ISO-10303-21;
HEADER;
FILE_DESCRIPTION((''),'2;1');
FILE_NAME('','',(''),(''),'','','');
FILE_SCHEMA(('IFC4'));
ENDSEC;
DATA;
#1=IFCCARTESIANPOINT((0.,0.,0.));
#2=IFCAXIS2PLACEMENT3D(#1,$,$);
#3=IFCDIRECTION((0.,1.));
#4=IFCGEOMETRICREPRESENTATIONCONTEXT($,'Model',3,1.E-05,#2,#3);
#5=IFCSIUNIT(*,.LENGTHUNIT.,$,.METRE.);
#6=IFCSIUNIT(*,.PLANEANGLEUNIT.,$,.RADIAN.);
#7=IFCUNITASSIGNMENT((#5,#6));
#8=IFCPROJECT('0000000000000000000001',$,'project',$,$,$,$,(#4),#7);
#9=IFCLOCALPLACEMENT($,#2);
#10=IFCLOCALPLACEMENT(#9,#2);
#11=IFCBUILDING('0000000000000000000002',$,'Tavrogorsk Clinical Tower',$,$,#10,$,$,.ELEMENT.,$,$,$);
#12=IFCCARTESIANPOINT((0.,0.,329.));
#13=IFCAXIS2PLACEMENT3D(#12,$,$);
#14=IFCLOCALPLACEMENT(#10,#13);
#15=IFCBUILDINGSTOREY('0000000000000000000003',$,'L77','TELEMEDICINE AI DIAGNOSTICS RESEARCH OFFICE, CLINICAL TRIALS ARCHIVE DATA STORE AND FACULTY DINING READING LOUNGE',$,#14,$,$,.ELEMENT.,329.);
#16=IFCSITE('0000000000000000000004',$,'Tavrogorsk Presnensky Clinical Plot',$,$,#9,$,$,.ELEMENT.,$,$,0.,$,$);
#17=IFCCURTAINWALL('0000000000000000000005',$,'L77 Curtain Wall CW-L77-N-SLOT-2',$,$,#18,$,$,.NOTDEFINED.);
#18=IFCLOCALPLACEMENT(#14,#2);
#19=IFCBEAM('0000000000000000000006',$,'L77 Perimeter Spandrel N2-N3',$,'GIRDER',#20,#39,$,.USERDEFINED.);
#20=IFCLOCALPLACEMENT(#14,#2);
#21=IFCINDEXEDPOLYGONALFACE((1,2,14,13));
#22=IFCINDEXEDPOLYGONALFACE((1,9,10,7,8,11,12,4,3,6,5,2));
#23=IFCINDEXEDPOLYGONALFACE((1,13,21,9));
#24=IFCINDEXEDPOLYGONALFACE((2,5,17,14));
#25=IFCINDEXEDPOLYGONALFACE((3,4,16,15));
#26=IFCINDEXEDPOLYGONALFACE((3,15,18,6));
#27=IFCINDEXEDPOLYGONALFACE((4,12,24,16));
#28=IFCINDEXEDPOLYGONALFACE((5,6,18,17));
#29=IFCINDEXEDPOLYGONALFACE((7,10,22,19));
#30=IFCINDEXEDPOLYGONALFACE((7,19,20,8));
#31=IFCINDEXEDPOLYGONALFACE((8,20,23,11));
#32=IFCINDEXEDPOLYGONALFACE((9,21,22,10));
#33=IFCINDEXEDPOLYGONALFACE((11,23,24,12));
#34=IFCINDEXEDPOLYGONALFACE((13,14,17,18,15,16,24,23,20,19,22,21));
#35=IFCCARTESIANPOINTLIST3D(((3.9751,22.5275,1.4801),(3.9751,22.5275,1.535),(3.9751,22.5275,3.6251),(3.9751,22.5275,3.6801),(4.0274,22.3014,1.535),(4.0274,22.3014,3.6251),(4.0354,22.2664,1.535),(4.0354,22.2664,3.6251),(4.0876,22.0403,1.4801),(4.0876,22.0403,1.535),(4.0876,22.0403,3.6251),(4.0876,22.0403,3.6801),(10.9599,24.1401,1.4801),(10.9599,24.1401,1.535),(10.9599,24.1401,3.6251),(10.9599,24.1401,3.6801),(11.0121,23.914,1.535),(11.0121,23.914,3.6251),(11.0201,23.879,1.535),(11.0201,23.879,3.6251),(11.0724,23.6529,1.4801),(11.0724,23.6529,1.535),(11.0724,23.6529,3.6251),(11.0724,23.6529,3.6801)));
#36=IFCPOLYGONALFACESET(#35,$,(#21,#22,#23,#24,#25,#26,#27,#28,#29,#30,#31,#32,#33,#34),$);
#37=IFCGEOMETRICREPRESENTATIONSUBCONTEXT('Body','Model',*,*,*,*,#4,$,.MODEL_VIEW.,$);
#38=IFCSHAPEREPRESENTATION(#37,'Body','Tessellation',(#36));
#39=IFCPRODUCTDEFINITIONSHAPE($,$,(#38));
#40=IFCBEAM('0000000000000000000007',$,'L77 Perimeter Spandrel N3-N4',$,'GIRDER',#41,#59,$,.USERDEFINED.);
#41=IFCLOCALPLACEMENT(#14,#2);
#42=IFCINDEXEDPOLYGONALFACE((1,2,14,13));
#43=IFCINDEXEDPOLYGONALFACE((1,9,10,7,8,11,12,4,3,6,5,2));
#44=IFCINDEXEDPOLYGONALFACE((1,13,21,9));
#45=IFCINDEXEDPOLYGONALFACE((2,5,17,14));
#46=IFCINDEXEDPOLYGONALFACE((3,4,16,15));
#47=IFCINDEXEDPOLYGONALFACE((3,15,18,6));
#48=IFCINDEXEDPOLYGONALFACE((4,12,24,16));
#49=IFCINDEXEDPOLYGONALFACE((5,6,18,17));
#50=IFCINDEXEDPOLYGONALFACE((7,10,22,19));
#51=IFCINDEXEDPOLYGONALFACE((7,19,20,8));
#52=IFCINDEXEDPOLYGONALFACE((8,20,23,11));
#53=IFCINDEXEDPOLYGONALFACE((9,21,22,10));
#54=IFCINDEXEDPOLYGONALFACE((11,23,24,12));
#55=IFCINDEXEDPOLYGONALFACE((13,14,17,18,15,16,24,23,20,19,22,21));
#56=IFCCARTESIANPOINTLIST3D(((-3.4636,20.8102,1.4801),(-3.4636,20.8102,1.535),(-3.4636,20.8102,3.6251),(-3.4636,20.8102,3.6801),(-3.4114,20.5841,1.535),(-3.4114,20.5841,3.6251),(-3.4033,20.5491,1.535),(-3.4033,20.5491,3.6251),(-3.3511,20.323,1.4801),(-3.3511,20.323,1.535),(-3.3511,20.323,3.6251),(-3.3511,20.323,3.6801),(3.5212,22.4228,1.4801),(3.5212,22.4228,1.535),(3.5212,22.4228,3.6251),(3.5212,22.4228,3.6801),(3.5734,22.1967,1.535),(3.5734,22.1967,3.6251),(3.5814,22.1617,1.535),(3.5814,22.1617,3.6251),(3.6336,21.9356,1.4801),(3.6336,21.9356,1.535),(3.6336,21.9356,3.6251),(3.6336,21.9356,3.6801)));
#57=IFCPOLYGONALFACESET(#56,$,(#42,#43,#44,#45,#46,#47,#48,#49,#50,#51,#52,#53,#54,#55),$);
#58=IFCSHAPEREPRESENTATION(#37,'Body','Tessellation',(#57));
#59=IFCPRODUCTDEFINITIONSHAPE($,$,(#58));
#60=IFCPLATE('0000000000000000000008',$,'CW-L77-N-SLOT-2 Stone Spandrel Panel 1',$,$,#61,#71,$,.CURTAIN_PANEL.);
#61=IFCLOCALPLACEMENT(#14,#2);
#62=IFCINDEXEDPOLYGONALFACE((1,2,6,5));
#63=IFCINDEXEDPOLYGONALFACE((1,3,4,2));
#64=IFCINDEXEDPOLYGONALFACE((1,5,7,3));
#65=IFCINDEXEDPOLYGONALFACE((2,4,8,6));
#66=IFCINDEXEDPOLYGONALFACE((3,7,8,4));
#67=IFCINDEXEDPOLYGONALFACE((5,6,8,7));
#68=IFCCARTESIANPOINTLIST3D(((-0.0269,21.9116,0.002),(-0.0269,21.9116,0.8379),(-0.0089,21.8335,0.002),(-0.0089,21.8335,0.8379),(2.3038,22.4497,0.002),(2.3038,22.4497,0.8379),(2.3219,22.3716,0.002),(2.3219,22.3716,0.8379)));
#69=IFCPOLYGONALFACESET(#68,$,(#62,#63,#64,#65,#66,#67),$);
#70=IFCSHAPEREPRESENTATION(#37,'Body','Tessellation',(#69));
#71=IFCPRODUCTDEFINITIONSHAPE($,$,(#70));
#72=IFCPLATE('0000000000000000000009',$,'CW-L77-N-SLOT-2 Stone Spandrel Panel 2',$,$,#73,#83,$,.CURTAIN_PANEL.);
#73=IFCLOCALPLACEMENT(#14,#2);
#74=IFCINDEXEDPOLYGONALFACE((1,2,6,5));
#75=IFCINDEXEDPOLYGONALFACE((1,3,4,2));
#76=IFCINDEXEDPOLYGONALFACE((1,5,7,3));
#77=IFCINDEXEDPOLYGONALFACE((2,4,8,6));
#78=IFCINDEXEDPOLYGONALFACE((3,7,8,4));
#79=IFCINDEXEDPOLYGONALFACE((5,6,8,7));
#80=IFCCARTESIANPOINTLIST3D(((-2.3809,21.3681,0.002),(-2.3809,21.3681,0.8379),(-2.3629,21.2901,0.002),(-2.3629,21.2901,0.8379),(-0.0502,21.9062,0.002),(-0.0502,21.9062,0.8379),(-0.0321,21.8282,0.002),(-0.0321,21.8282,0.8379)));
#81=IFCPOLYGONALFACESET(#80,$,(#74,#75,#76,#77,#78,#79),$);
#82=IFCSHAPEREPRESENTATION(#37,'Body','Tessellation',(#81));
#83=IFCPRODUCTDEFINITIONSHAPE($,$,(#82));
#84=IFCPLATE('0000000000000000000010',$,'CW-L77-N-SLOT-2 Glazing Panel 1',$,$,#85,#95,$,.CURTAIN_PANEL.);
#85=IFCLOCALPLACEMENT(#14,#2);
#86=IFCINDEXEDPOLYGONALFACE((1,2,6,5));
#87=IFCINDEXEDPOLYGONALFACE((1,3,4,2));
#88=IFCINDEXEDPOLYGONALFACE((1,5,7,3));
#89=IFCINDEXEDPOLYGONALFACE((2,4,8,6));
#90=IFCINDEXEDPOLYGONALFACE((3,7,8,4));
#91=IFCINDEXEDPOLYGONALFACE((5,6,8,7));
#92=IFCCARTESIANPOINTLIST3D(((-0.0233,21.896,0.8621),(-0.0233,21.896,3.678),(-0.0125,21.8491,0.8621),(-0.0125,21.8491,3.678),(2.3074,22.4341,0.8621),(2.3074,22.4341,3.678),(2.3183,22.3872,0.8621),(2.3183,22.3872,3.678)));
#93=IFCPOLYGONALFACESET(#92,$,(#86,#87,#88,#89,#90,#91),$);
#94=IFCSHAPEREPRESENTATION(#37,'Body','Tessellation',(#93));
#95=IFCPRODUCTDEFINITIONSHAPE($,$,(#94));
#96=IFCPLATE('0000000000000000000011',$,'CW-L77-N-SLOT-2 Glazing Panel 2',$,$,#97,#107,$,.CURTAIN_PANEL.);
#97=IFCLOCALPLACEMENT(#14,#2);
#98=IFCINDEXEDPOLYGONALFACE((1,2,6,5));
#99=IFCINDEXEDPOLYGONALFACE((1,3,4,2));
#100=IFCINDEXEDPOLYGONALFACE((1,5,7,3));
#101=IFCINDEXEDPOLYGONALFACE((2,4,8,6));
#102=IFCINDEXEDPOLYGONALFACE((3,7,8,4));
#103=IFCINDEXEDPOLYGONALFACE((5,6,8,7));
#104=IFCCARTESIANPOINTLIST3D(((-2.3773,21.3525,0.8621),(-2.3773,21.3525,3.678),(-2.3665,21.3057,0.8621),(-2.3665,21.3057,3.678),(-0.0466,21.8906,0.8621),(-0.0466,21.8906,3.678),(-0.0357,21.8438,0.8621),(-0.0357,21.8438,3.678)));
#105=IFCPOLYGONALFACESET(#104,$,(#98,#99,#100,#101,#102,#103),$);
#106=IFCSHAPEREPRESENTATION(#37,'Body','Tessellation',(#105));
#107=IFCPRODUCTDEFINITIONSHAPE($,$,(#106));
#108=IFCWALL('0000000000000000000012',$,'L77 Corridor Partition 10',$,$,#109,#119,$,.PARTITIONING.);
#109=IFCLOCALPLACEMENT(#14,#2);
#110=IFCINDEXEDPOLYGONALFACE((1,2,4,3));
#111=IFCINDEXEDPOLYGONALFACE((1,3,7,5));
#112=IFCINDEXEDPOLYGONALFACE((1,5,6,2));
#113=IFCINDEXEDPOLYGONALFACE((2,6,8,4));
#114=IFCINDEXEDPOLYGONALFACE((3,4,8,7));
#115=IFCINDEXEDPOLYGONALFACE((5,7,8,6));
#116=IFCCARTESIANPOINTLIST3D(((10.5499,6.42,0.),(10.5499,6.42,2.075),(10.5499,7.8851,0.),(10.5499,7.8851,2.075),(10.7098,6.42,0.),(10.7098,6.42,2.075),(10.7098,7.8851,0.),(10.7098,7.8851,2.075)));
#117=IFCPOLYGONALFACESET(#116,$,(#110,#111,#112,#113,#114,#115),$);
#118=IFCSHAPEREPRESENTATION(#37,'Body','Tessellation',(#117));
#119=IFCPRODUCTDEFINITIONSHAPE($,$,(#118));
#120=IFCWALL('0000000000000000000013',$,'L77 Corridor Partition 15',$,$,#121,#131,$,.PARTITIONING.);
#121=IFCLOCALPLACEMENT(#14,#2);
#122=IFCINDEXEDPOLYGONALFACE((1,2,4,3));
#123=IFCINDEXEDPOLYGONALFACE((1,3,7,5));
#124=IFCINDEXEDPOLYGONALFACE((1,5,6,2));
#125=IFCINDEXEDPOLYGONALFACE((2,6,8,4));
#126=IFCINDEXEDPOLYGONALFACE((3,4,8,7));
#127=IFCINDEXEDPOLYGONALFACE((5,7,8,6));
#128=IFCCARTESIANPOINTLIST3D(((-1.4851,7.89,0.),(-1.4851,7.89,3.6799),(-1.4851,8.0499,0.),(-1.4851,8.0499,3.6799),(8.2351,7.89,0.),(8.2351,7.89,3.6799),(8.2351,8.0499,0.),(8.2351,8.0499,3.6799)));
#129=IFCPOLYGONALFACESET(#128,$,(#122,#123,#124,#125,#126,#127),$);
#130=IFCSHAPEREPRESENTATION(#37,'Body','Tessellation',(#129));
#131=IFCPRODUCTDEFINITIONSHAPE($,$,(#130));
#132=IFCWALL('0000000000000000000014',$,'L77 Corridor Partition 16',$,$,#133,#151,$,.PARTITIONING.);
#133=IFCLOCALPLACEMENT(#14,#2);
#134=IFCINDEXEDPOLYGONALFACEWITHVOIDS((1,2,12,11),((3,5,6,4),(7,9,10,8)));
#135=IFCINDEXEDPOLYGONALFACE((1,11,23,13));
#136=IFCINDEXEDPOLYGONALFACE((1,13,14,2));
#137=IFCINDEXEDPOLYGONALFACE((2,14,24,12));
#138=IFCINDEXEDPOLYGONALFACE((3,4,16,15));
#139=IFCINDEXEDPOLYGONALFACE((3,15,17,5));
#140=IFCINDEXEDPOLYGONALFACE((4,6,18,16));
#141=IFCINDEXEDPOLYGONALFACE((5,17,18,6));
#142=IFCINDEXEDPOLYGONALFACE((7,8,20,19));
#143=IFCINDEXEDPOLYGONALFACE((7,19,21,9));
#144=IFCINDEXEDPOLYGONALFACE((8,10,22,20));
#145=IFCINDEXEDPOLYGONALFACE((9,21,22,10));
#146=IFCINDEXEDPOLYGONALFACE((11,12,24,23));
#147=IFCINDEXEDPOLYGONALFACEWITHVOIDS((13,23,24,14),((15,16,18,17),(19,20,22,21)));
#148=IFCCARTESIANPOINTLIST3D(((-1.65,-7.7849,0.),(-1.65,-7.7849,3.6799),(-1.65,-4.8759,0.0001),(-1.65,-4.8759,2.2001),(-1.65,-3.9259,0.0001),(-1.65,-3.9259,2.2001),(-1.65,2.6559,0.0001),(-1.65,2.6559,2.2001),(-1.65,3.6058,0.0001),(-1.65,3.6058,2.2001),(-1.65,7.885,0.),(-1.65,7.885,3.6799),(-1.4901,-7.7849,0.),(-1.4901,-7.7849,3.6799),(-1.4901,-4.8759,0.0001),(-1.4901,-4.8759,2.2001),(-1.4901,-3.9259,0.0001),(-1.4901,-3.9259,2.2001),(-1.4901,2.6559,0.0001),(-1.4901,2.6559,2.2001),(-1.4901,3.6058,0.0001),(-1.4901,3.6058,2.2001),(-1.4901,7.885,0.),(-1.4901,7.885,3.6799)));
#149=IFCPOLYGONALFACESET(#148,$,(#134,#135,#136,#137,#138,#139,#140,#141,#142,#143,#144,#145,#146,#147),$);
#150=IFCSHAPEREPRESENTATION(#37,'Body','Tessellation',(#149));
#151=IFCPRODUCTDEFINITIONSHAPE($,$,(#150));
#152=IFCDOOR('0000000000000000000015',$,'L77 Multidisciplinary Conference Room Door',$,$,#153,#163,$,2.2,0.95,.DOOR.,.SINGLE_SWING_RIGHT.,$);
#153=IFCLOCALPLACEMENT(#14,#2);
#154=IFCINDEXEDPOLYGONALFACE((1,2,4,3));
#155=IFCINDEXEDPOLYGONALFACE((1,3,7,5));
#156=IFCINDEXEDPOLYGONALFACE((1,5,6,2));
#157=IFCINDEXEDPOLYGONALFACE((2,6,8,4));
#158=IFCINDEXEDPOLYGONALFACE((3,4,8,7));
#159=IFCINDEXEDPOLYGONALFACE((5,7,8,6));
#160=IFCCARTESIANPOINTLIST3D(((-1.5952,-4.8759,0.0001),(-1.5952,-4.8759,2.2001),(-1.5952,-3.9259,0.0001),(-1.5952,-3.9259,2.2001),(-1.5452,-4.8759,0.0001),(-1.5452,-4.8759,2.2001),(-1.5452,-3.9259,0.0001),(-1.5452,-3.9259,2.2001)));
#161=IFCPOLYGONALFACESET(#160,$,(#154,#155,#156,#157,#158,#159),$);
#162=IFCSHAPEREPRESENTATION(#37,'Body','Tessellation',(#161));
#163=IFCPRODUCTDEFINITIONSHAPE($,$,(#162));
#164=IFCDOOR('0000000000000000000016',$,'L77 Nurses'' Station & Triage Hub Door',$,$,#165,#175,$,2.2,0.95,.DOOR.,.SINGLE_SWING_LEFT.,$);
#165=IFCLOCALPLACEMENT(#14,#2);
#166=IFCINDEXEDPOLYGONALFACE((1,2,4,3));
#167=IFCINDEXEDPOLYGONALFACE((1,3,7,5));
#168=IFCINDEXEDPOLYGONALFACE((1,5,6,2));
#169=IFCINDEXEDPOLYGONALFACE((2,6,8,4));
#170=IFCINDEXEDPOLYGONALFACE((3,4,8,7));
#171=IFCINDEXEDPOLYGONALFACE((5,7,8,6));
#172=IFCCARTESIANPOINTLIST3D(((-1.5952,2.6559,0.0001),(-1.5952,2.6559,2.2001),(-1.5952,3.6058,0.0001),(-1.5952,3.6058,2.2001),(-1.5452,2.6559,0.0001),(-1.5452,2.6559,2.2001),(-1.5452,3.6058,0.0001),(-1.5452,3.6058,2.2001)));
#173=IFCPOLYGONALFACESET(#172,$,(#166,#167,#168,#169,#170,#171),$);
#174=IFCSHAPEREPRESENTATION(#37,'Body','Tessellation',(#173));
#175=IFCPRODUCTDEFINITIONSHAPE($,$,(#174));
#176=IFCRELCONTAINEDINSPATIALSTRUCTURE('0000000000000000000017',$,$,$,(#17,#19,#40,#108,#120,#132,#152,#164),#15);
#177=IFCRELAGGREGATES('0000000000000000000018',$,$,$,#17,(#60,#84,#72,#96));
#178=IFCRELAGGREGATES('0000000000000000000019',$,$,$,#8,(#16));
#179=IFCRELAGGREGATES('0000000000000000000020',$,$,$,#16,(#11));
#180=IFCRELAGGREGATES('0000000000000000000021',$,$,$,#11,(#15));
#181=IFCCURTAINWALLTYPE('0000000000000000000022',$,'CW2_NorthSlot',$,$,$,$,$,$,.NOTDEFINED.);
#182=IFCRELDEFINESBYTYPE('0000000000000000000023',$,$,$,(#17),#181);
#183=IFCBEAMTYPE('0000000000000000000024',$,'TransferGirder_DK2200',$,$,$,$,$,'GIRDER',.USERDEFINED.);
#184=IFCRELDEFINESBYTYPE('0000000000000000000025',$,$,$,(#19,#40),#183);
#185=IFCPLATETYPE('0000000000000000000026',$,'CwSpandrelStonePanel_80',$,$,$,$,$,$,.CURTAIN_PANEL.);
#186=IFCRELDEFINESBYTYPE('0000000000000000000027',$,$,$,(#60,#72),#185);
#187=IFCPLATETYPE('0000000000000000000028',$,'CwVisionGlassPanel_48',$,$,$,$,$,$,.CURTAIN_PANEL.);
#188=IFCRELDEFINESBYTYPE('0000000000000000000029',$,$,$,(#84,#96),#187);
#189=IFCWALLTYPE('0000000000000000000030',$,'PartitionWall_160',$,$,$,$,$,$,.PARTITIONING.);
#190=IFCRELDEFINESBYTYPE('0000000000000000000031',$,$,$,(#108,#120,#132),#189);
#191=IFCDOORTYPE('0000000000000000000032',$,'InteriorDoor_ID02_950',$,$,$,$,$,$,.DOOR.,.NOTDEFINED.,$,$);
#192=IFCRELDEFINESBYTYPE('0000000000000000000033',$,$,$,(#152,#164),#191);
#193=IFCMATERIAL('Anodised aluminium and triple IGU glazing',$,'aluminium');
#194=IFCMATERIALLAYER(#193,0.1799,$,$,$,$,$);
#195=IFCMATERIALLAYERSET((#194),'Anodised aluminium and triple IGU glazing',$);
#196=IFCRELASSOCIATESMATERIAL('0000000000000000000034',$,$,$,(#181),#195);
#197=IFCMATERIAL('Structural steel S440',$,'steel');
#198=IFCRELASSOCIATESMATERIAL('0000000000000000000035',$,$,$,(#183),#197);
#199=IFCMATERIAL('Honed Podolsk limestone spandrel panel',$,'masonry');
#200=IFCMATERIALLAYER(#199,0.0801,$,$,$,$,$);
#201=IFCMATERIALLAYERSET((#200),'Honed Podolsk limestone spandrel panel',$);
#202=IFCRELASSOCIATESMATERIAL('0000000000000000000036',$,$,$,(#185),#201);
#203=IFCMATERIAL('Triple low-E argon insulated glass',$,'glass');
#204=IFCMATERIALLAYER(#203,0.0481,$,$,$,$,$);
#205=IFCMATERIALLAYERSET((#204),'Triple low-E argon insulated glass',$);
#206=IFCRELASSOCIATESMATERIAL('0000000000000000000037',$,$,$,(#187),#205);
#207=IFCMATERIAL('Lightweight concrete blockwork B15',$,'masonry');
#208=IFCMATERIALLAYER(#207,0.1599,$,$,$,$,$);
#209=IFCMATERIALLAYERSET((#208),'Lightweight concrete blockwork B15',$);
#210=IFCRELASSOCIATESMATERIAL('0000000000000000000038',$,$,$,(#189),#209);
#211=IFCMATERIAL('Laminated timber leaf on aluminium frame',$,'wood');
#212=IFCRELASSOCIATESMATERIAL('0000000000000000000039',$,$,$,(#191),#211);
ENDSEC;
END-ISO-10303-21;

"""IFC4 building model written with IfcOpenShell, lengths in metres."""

from ifc_helpers import new_model, si_unit, direction, frame, frame_2d, origin, origin_2d, place, context, subcontext, project, spatial, rectangle, i_section, extrude, material, layer, layer_set, material_profile, profile_set, type_object, element, fill, aggregate, save


model = new_model("IFC4")

# Units and contexts
model_context = context("Model", 3, precision=1e-05, world=origin(), true_north=direction((0.0, 1.0)))
body_context = subcontext(model_context, "Body", "Model", "MODEL_VIEW")
ifc_project = project(units=[si_unit("LENGTHUNIT", "METRE"), si_unit("PLANEANGLEUNIT", "RADIAN")], contexts=[model_context])

# Site, building, storey
site_placement = place(None, origin())
site = spatial("IfcSite", under=ifc_project, at=site_placement, Name="Tavrogorsk Presnensky Clinical Plot", CompositionType="ELEMENT", RefElevation=0.0)
building_placement = place(site_placement, origin())
building = spatial("IfcBuilding", under=site, at=building_placement, Name="Tavrogorsk Clinical Tower", CompositionType="ELEMENT")
storey_placement = place(building_placement, frame((0.0, 0.0, 329.0)))
storey = spatial("IfcBuildingStorey", under=building, at=storey_placement, Name="L77", Description="TELEMEDICINE AI DIAGNOSTICS RESEARCH OFFICE, CLINICAL TRIALS ARCHIVE DATA STORE AND FACULTY DINING READING LOUNGE", CompositionType="ELEMENT", Elevation=329.0)

# Curtain wall
ifc_material_1 = material(Name="Anodised aluminium and triple IGU glazing", Category="aluminium")
ifc_layer_1 = layer(ifc_material_1, 0.1799)
ifc_layer_set_1 = layer_set([ifc_layer_1], Name="Anodised aluminium and triple IGU glazing")
curtain_wall_type = type_object("IfcCurtainWallType", Name="CW2_NorthSlot", PredefinedType="NOTDEFINED", material=ifc_layer_set_1)
curtain_wall_placement = place(storey_placement, origin())
curtain_wall = element("IfcCurtainWall", 1, at=curtain_wall_placement, inside=storey, type_object=curtain_wall_type, Name="L77 Curtain Wall CW-L77-N-SLOT-2", PredefinedType="NOTDEFINED")

# Beams
ifc_material_2 = material(Name="Structural steel S440", Category="steel")
ifc_material_profile_1 = material_profile(ifc_material_2, i_section(OverallWidth=0.5, OverallDepth=2.2, WebThickness=0.0359, FlangeThickness=0.0549, at=origin_2d()), Name="DK-2200x500x36x55")
ifc_profile_set_1 = profile_set([ifc_material_profile_1], Name="Structural steel S440")
beam_type_1 = type_object("IfcBeamType", Name="TransferGirder_DK2200", ElementType="GIRDER", PredefinedType="USERDEFINED", material=ifc_profile_set_1)
for number, where, z_axis, x_axis, name in (
    (2, (11.0161, 23.8965, 2.5801), (-0.974369, -0.224954, 0.0), (0.224954, -0.974369, 0.0), "L77 Perimeter Spandrel N2-N3"),
    (3, (3.5774, 22.1792, 2.5801), (-0.974369, -0.224954, 0.0), (0.224954, -0.974369, 0.0), "L77 Perimeter Spandrel N3-N4"),
):
    element("IfcBeam", number, at=place(storey_placement, frame(where, z_axis=z_axis, x_axis=x_axis)), inside=storey, type_object=beam_type_1, Name=name, ObjectType="GIRDER", PredefinedType="USERDEFINED", context=body_context, shape_type="SweptSolid", body=[
        extrude(i_section(OverallWidth=0.5, OverallDepth=2.2, WebThickness=0.0359, FlangeThickness=0.0549, at=origin_2d()), origin(), (0.0, 0.0, 1.0), 7.1685),
    ])

# Plates
ifc_material_3 = material(Name="Honed Podolsk limestone spandrel panel", Category="masonry")
ifc_layer_2 = layer(ifc_material_3, 0.0801)
ifc_layer_set_2 = layer_set([ifc_layer_2], Name="Honed Podolsk limestone spandrel panel")
plate_type_1 = type_object("IfcPlateType", Name="CwSpandrelStonePanel_80", PredefinedType="CURTAIN_PANEL", material=ifc_layer_set_2)
plate_1_placement = place(storey_placement, frame((1.1475, 22.1416, 0.002), z_axis=(0.0, 0.0, 1.0), x_axis=(-0.97437, -0.224951, 0.0)))
plate_1 = element("IfcPlate", 4, at=plate_1_placement, type_object=plate_type_1, Name="CW-L77-N-SLOT-2 Stone Spandrel Panel 1", PredefinedType="CURTAIN_PANEL", context=body_context, shape_type="SweptSolid", body=[
    extrude(rectangle(XDim=2.3921, YDim=0.0801, at=origin_2d()), origin(), (0.0, 0.0, 1.0), 0.8359),
])
plate_2_placement = place(storey_placement, frame((-1.2065, 21.5981, 0.002), z_axis=(0.0, 0.0, 1.0), x_axis=(-0.97437, -0.224951, 0.0)))
plate_2 = element("IfcPlate", 5, at=plate_2_placement, type_object=plate_type_1, Name="CW-L77-N-SLOT-2 Stone Spandrel Panel 2", PredefinedType="CURTAIN_PANEL", context=body_context, shape_type="SweptSolid", body=[
    extrude(rectangle(XDim=2.3921, YDim=0.0801, at=origin_2d()), origin(), (0.0, 0.0, 1.0), 0.8359),
])
ifc_material_4 = material(Name="Triple low-E argon insulated glass", Category="glass")
ifc_layer_3 = layer(ifc_material_4, 0.0481)
ifc_layer_set_3 = layer_set([ifc_layer_3], Name="Triple low-E argon insulated glass")
plate_type_2 = type_object("IfcPlateType", Name="CwVisionGlassPanel_48", PredefinedType="CURTAIN_PANEL", material=ifc_layer_set_3)
plate_3_placement = place(storey_placement, frame((1.1475, 22.1416, 0.8621), z_axis=(0.0, 0.0, 1.0), x_axis=(-0.97437, -0.224951, 0.0)))
plate_3 = element("IfcPlate", 6, at=plate_3_placement, type_object=plate_type_2, Name="CW-L77-N-SLOT-2 Glazing Panel 1", PredefinedType="CURTAIN_PANEL", context=body_context, shape_type="SweptSolid", body=[
    extrude(rectangle(XDim=2.3921, YDim=0.0481, at=origin_2d()), origin(), (0.0, 0.0, 1.0), 2.8159),
])
plate_4_placement = place(storey_placement, frame((-1.2065, 21.5981, 0.8621), z_axis=(0.0, 0.0, 1.0), x_axis=(-0.97437, -0.224951, 0.0)))
plate_4 = element("IfcPlate", 7, at=plate_4_placement, type_object=plate_type_2, Name="CW-L77-N-SLOT-2 Glazing Panel 2", PredefinedType="CURTAIN_PANEL", context=body_context, shape_type="SweptSolid", body=[
    extrude(rectangle(XDim=2.3921, YDim=0.0481, at=origin_2d()), origin(), (0.0, 0.0, 1.0), 2.8159),
])
aggregate(curtain_wall, [plate_1, plate_3, plate_2, plate_4])

# Walls
ifc_material_5 = material(Name="Lightweight concrete blockwork B15", Category="masonry")
ifc_layer_4 = layer(ifc_material_5, 0.1599)
ifc_layer_set_4 = layer_set([ifc_layer_4], Name="Lightweight concrete blockwork B15")
wall_type = type_object("IfcWallType", Name="PartitionWall_160", PredefinedType="PARTITIONING", material=ifc_layer_set_4)
wall_1_placement = place(storey_placement, frame((10.6299, 7.885, 0.0), z_axis=(0.0, 0.0, 1.0), x_axis=(0.0, -1.0, 0.0)))
element("IfcWall", 8, at=wall_1_placement, inside=storey, type_object=wall_type, Name="L77 Corridor Partition 10", PredefinedType="PARTITIONING", context=body_context, shape_type="SweptSolid", body=[
    extrude(rectangle(XDim=1.4651, YDim=0.1599, at=frame_2d((0.7324, 0.0))), origin(), (0.0, 0.0, 1.0), 2.075),
])
wall_2_placement = place(storey_placement, frame((8.2351, 7.97, 0.0), z_axis=(0.0, 0.0, 1.0), x_axis=(-1.0, 0.0, 0.0)))
element("IfcWall", 9, at=wall_2_placement, inside=storey, type_object=wall_type, Name="L77 Corridor Partition 15", PredefinedType="PARTITIONING", context=body_context, shape_type="SweptSolid", body=[
    extrude(rectangle(XDim=9.7202, YDim=0.1599, at=frame_2d((4.8601, 0.0))), origin(), (0.0, 0.0, 1.0), 3.6799),
])

# Wall, openings, doors
wall_3_placement = place(storey_placement, frame((-1.5701, 7.885, 0.0), z_axis=(0.0, 0.0, 1.0), x_axis=(0.0, -1.0, 0.0)))
wall_3 = element("IfcWall", 10, at=wall_3_placement, inside=storey, type_object=wall_type, Name="L77 Corridor Partition 16", PredefinedType="PARTITIONING", context=body_context, shape_type="SweptSolid", body=[
    extrude(rectangle(XDim=15.6699, YDim=0.1599, at=frame_2d((7.835, 0.0))), origin(), (0.0, 0.0, 1.0), 3.6799),
])
opening_1_placement = place(wall_3_placement, frame((11.8108, 0.0, 0.0)))
opening_1 = element("IfcOpeningElement", 11, at=opening_1_placement, cuts=wall_3, PredefinedType="OPENING", context=body_context, shape_type="SweptSolid", body=[
    extrude(rectangle(XDim=0.95, YDim=2.2, at=frame_2d((0.4751, 1.1001))), frame((0.0, 0.0898, 0.0), z_axis=(0.0, -1.0, 0.0), x_axis=(1.0, 0.0, 0.0)), (0.0, 0.0, 1.0), 0.1799),
])
opening_2_placement = place(wall_3_placement, frame((4.2791, 0.0, 0.0)))
opening_2 = element("IfcOpeningElement", 12, at=opening_2_placement, cuts=wall_3, PredefinedType="OPENING", context=body_context, shape_type="SweptSolid", body=[
    extrude(rectangle(XDim=0.95, YDim=2.2, at=frame_2d((0.4751, 1.1001))), frame((0.0, 0.0898, 0.0), z_axis=(0.0, -1.0, 0.0), x_axis=(1.0, 0.0, 0.0)), (0.0, 0.0, 1.0), 0.1799),
])
ifc_material_6 = material(Name="Laminated timber leaf on aluminium frame", Category="wood")
door_type = type_object("IfcDoorType", Name="InteriorDoor_ID02_950", OperationType="NOTDEFINED", PredefinedType="DOOR", material=ifc_material_6)
door_1_placement = place(opening_1_placement, origin())
door_1 = element("IfcDoor", 13, at=door_1_placement, inside=storey, type_object=door_type, Name="L77 Multidisciplinary Conference Room Door", OperationType="SINGLE_SWING_RIGHT", OverallHeight=2.2, OverallWidth=0.95, PredefinedType="DOOR", context=body_context, shape_type="SweptSolid", body=[
    extrude(rectangle(XDim=0.95, YDim=2.2, at=frame_2d((0.4751, 1.1001))), frame((0.0, 0.0249, 0.0), z_axis=(0.0, -1.0, 0.0), x_axis=(1.0, 0.0, 0.0)), (0.0, 0.0, 1.0), 0.05),
])
fill(opening_1, door_1)
door_2_placement = place(opening_2_placement, origin())
door_2 = element("IfcDoor", 14, at=door_2_placement, inside=storey, type_object=door_type, Name="L77 Nurses' Station & Triage Hub Door", OperationType="SINGLE_SWING_LEFT", OverallHeight=2.2, OverallWidth=0.95, PredefinedType="DOOR", context=body_context, shape_type="SweptSolid", body=[
    extrude(rectangle(XDim=0.95, YDim=2.2, at=frame_2d((0.4751, 1.1001))), frame((0.0, 0.0249, 0.0), z_axis=(0.0, -1.0, 0.0), x_axis=(1.0, 0.0, 0.0)), (0.0, 0.0, 1.0), 0.05),
])
fill(opening_2, door_2)

save(model, "model.ifc")
